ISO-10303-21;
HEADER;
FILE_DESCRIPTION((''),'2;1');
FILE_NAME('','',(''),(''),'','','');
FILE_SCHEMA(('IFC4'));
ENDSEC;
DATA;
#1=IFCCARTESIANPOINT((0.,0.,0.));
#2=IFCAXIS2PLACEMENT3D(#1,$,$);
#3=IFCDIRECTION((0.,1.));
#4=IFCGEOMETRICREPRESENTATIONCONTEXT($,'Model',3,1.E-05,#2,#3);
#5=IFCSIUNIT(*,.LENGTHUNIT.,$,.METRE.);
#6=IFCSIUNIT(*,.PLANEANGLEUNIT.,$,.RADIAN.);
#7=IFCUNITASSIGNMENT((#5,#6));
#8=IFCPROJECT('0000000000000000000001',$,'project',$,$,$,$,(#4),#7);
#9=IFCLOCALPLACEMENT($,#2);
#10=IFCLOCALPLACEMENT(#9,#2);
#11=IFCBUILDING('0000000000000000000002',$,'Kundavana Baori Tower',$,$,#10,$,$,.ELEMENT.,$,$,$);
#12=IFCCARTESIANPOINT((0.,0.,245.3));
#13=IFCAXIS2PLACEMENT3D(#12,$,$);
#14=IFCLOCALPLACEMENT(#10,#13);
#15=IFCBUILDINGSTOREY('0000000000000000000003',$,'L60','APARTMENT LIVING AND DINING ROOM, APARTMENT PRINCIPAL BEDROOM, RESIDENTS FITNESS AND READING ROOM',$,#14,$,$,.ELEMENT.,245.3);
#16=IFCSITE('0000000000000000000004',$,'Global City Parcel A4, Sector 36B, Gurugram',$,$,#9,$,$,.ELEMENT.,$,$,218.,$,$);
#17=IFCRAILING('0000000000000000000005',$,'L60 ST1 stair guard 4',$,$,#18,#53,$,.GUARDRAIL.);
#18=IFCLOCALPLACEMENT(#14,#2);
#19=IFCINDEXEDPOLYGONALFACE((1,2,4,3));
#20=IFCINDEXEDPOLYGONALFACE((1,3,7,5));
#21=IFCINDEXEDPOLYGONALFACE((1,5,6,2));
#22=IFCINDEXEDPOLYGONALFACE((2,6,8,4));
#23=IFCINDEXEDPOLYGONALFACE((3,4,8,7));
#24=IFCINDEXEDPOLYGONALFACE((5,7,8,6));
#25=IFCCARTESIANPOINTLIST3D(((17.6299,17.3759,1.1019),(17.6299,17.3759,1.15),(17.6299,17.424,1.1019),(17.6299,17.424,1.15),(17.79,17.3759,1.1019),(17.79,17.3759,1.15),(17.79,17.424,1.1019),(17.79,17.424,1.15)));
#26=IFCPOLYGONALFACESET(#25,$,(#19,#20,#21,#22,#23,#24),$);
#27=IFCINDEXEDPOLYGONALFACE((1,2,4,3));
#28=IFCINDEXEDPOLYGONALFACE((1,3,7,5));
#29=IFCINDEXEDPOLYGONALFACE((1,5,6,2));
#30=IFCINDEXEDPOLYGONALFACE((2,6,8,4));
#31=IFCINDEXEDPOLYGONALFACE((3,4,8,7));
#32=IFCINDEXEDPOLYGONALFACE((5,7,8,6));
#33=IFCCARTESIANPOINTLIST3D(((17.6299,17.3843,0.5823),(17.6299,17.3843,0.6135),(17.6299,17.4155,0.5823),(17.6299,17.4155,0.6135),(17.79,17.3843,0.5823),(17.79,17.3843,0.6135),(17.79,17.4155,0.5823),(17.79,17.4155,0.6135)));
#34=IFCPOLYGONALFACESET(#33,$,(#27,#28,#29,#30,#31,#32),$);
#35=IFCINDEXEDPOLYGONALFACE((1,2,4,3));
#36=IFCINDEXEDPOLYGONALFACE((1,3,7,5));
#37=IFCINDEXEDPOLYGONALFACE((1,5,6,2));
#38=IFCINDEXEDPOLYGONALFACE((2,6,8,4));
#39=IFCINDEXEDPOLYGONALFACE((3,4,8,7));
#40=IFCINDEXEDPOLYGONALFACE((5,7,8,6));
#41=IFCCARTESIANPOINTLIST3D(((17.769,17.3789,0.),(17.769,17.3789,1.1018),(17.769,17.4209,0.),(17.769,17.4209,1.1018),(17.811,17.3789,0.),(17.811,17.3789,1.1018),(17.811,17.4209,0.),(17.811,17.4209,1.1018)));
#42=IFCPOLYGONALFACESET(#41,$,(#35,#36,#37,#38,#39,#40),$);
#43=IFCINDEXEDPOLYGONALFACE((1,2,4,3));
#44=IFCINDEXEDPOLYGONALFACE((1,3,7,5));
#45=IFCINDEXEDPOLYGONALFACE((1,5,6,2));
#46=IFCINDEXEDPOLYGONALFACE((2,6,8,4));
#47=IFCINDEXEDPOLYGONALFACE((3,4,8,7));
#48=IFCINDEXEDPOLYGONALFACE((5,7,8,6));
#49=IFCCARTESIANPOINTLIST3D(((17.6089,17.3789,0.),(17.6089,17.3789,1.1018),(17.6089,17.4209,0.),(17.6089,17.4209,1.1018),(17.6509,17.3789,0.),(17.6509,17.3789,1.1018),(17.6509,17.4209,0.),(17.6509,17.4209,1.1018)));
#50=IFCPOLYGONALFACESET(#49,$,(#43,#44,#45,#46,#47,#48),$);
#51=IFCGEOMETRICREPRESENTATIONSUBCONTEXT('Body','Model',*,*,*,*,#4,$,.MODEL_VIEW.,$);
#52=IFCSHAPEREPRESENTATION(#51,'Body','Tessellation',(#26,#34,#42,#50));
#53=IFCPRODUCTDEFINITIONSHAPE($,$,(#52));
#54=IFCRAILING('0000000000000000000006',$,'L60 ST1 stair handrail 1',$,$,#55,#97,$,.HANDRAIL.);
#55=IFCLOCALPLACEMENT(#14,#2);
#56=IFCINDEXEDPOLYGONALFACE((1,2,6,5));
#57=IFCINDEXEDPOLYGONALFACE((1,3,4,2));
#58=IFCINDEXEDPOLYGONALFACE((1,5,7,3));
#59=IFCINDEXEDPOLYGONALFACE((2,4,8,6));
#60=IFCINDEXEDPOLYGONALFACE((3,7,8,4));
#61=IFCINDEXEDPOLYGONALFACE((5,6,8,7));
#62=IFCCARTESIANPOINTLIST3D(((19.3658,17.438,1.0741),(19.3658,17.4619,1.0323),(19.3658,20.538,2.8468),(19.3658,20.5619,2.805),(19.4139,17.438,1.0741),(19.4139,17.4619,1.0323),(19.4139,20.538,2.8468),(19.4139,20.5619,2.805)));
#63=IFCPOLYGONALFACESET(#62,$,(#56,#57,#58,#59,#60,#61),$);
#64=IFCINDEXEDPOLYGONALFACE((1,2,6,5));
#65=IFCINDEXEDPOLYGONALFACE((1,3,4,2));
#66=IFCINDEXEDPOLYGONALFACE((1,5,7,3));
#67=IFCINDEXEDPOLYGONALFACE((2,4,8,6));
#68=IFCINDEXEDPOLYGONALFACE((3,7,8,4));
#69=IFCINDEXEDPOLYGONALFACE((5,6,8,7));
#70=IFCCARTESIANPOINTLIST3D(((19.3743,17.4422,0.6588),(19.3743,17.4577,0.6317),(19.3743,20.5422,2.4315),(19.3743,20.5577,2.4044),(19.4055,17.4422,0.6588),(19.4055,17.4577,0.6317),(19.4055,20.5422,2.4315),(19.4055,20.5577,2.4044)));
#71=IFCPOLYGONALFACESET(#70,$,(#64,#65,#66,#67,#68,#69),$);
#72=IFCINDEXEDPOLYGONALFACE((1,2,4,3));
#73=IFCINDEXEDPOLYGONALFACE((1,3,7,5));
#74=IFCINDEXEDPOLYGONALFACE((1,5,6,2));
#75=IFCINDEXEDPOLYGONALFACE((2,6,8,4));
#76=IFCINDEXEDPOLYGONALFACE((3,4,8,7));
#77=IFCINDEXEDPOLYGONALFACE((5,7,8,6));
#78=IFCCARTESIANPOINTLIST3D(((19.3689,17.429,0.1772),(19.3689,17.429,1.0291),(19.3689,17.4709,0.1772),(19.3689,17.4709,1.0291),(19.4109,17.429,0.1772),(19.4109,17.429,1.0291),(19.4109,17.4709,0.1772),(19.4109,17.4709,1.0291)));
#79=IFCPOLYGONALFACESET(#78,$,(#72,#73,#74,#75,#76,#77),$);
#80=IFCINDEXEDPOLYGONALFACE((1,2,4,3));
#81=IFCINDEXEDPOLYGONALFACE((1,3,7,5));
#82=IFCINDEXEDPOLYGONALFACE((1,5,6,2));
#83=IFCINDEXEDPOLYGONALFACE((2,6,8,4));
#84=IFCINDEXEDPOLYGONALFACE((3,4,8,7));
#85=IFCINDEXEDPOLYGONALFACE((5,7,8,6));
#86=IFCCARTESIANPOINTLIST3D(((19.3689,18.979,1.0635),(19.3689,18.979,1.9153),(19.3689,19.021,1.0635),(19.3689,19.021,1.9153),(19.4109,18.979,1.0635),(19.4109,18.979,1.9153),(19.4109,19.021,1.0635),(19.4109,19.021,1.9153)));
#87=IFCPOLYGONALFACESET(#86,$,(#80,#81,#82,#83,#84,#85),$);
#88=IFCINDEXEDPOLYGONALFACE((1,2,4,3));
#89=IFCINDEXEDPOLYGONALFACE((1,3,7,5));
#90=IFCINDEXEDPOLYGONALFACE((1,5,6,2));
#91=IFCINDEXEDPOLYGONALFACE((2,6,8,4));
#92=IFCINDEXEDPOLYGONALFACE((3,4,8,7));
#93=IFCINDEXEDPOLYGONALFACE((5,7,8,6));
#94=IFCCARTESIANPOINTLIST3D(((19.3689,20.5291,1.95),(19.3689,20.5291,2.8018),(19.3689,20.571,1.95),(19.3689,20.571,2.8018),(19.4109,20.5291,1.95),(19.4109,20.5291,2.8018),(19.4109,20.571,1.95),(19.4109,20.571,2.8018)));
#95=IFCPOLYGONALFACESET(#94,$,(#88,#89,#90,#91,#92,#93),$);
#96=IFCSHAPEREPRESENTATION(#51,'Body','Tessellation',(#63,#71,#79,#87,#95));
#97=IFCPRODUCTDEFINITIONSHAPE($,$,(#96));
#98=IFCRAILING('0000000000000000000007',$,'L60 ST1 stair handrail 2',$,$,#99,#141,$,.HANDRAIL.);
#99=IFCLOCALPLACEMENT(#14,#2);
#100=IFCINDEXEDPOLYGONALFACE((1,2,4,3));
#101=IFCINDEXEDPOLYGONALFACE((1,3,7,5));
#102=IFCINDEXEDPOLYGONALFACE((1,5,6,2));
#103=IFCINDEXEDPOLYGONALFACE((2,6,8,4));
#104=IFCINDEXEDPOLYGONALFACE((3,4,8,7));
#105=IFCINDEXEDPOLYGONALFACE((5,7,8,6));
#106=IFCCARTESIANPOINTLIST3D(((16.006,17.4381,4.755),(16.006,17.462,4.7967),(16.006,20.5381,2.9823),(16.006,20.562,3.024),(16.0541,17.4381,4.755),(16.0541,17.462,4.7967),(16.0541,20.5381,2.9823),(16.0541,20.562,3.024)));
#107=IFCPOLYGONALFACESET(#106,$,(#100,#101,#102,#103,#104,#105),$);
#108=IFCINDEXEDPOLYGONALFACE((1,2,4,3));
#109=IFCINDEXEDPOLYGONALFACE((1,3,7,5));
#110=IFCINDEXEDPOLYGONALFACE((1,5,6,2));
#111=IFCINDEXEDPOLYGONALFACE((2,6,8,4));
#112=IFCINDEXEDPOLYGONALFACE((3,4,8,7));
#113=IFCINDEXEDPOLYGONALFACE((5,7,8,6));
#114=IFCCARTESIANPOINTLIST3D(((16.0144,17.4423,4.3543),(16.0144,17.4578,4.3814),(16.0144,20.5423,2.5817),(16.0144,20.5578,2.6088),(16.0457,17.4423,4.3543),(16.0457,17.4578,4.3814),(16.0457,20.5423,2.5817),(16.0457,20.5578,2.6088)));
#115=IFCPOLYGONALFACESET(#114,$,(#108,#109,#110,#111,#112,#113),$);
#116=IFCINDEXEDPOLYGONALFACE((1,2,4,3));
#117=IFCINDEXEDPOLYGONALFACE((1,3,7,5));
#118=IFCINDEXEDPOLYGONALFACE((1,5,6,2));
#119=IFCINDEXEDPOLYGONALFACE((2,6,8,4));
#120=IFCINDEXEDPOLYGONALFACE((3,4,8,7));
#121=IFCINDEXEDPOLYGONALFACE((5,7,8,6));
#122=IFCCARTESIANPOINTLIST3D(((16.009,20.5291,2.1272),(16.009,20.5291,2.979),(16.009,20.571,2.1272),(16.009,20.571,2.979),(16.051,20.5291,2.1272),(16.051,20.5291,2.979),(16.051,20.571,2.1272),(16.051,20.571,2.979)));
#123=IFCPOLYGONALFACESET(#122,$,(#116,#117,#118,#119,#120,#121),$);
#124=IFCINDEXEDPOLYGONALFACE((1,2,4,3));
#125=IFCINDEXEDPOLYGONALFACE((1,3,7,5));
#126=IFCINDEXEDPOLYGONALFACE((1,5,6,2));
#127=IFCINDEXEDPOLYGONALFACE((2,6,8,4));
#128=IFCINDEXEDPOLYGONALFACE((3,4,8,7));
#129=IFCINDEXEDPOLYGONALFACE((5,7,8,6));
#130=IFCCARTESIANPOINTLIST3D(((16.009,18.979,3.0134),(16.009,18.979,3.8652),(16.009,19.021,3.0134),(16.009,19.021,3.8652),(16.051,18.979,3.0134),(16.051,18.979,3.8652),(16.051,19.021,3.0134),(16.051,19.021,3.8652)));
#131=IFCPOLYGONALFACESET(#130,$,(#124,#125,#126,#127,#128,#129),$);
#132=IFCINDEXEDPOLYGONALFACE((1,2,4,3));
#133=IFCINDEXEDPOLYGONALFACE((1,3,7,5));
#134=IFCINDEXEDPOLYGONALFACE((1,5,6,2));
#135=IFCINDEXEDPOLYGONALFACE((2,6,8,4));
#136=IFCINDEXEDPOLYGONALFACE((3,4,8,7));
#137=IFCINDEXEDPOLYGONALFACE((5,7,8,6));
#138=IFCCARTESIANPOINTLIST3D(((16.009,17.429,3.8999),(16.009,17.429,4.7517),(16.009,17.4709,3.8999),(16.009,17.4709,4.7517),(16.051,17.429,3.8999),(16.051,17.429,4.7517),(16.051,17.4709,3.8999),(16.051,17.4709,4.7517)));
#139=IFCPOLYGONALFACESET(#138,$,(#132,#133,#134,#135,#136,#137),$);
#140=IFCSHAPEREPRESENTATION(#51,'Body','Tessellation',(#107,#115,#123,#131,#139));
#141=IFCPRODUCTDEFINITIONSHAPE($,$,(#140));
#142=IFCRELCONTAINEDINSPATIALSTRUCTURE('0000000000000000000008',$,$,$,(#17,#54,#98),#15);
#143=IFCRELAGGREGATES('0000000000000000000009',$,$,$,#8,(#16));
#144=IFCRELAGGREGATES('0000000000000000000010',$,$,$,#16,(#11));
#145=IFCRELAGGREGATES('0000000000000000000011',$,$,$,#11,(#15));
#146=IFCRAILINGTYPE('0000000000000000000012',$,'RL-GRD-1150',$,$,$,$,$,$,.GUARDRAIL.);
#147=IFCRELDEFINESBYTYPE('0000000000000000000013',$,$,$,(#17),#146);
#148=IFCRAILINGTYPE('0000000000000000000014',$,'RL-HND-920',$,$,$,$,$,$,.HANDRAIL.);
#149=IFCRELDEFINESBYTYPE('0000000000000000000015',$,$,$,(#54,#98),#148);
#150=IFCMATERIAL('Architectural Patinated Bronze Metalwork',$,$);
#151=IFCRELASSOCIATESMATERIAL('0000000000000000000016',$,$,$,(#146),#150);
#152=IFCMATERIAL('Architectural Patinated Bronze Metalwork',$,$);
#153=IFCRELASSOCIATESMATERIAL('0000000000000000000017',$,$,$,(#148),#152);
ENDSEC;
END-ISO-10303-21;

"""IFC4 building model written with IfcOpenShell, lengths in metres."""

from ifc_helpers import new_model, si_unit, direction, frame, origin, origin_2d, place, context, subcontext, project, spatial, rectangle, extrude, material, type_object, element, save


model = new_model("IFC4")

# Units and contexts
model_context = context("Model", 3, precision=1e-05, world=origin(), true_north=direction((0.0, 1.0)))
body_context = subcontext(model_context, "Body", "Model", "MODEL_VIEW")
ifc_project = project(units=[si_unit("LENGTHUNIT", "METRE"), si_unit("PLANEANGLEUNIT", "RADIAN")], contexts=[model_context])

# Site, building, storey
site_placement = place(None, origin())
site = spatial("IfcSite", under=ifc_project, at=site_placement, Name="Global City Parcel A4, Sector 36B, Gurugram", CompositionType="ELEMENT", RefElevation=218.0)
building_placement = place(site_placement, origin())
building = spatial("IfcBuilding", under=site, at=building_placement, Name="Kundavana Baori Tower", CompositionType="ELEMENT")
storey_placement = place(building_placement, frame((0.0, 0.0, 245.3)))
storey = spatial("IfcBuildingStorey", under=building, at=storey_placement, Name="L60", Description="APARTMENT LIVING AND DINING ROOM, APARTMENT PRINCIPAL BEDROOM, RESIDENTS FITNESS AND READING ROOM", CompositionType="ELEMENT", Elevation=245.3)

# Railings
ifc_material_1 = material(Name="Architectural Patinated Bronze Metalwork")
railing_type_1 = type_object("IfcRailingType", Name="RL-GRD-1150", PredefinedType="GUARDRAIL", material=ifc_material_1)
railing_1_placement = place(storey_placement, frame((17.79, 17.3999, 0.0)))
element("IfcRailing", 1, at=railing_1_placement, inside=storey, type_object=railing_type_1, Name="L60 ST1 stair guard 4", PredefinedType="GUARDRAIL", context=body_context, shape_type="SweptSolid", body=[
    extrude(rectangle(XDim=0.0481, YDim=0.0481, at=origin_2d()), frame((0.0, 0.0, 1.126), z_axis=(-1.0, 0.0, 0.0), x_axis=(0.0, -1.0, 0.0)), (0.0, 0.0, 1.0), 0.1602),
    extrude(rectangle(XDim=0.0312, YDim=0.0312, at=origin_2d()), frame((0.0, 0.0, 0.5979), z_axis=(-1.0, 0.0, 0.0), x_axis=(0.0, -1.0, 0.0)), (0.0, 0.0, 1.0), 0.1602),
    extrude(rectangle(XDim=0.042, YDim=0.042, at=origin_2d()), origin(), (0.0, 0.0, 1.0), 1.1018),
    extrude(rectangle(XDim=0.042, YDim=0.042, at=origin_2d()), frame((-0.1602, 0.0, 0.0)), (0.0, 0.0, 1.0), 1.1018),
])
ifc_material_2 = material(Name="Architectural Patinated Bronze Metalwork")
railing_type_2 = type_object("IfcRailingType", Name="RL-HND-920", PredefinedType="HANDRAIL", material=ifc_material_2)
railing_2_placement = place(storey_placement, frame((19.3899, 17.45, 0.1772)))
element("IfcRailing", 2, at=railing_2_placement, inside=storey, type_object=railing_type_2, Name="L60 ST1 stair handrail 1", PredefinedType="HANDRAIL", context=body_context, shape_type="SweptSolid", body=[
    extrude(rectangle(XDim=0.0481, YDim=0.0481, at=origin_2d()), frame((0.0, 0.0, 0.876), z_axis=(0.0, 0.868096, 0.496397), x_axis=(-1.0, 0.0, 0.0)), (0.0, 0.0, 1.0), 3.571),
    extrude(rectangle(XDim=0.0312, YDim=0.0312, at=origin_2d()), frame((0.0, 0.0, 0.468), z_axis=(0.0, 0.868096, 0.496397), x_axis=(-1.0, 0.0, 0.0)), (0.0, 0.0, 1.0), 3.571),
    extrude(rectangle(XDim=0.042, YDim=0.042, at=origin_2d()), origin(), (0.0, 0.0, 1.0), 0.8518),
    extrude(rectangle(XDim=0.042, YDim=0.042, at=origin_2d()), frame((0.0, 1.55, 0.8862)), (0.0, 0.0, 1.0), 0.8518),
    extrude(rectangle(XDim=0.042, YDim=0.042, at=origin_2d()), frame((0.0, 3.1001, 1.7727)), (0.0, 0.0, 1.0), 0.8518),
])
railing_3_placement = place(storey_placement, frame((16.03, 20.55, 2.1272)))
element("IfcRailing", 3, at=railing_3_placement, inside=storey, type_object=railing_type_2, Name="L60 ST1 stair handrail 2", PredefinedType="HANDRAIL", context=body_context, shape_type="SweptSolid", body=[
    extrude(rectangle(XDim=0.0481, YDim=0.0481, at=origin_2d()), frame((0.0, 0.0, 0.876), z_axis=(0.0, -0.868096, 0.496397), x_axis=(1.0, 0.0, 0.0)), (0.0, 0.0, 1.0), 3.571),
    extrude(rectangle(XDim=0.0312, YDim=0.0312, at=origin_2d()), frame((0.0, 0.0, 0.468), z_axis=(0.0, -0.868096, 0.496397), x_axis=(1.0, 0.0, 0.0)), (0.0, 0.0, 1.0), 3.571),
    extrude(rectangle(XDim=0.042, YDim=0.042, at=origin_2d()), origin(), (0.0, 0.0, 1.0), 0.8518),
    extrude(rectangle(XDim=0.042, YDim=0.042, at=origin_2d()), frame((0.0, -1.55, 0.8862)), (0.0, 0.0, 1.0), 0.8518),
    extrude(rectangle(XDim=0.042, YDim=0.042, at=origin_2d()), frame((0.0, -3.1001, 1.7727)), (0.0, 0.0, 1.0), 0.8518),
])

save(model, "model.ifc")
